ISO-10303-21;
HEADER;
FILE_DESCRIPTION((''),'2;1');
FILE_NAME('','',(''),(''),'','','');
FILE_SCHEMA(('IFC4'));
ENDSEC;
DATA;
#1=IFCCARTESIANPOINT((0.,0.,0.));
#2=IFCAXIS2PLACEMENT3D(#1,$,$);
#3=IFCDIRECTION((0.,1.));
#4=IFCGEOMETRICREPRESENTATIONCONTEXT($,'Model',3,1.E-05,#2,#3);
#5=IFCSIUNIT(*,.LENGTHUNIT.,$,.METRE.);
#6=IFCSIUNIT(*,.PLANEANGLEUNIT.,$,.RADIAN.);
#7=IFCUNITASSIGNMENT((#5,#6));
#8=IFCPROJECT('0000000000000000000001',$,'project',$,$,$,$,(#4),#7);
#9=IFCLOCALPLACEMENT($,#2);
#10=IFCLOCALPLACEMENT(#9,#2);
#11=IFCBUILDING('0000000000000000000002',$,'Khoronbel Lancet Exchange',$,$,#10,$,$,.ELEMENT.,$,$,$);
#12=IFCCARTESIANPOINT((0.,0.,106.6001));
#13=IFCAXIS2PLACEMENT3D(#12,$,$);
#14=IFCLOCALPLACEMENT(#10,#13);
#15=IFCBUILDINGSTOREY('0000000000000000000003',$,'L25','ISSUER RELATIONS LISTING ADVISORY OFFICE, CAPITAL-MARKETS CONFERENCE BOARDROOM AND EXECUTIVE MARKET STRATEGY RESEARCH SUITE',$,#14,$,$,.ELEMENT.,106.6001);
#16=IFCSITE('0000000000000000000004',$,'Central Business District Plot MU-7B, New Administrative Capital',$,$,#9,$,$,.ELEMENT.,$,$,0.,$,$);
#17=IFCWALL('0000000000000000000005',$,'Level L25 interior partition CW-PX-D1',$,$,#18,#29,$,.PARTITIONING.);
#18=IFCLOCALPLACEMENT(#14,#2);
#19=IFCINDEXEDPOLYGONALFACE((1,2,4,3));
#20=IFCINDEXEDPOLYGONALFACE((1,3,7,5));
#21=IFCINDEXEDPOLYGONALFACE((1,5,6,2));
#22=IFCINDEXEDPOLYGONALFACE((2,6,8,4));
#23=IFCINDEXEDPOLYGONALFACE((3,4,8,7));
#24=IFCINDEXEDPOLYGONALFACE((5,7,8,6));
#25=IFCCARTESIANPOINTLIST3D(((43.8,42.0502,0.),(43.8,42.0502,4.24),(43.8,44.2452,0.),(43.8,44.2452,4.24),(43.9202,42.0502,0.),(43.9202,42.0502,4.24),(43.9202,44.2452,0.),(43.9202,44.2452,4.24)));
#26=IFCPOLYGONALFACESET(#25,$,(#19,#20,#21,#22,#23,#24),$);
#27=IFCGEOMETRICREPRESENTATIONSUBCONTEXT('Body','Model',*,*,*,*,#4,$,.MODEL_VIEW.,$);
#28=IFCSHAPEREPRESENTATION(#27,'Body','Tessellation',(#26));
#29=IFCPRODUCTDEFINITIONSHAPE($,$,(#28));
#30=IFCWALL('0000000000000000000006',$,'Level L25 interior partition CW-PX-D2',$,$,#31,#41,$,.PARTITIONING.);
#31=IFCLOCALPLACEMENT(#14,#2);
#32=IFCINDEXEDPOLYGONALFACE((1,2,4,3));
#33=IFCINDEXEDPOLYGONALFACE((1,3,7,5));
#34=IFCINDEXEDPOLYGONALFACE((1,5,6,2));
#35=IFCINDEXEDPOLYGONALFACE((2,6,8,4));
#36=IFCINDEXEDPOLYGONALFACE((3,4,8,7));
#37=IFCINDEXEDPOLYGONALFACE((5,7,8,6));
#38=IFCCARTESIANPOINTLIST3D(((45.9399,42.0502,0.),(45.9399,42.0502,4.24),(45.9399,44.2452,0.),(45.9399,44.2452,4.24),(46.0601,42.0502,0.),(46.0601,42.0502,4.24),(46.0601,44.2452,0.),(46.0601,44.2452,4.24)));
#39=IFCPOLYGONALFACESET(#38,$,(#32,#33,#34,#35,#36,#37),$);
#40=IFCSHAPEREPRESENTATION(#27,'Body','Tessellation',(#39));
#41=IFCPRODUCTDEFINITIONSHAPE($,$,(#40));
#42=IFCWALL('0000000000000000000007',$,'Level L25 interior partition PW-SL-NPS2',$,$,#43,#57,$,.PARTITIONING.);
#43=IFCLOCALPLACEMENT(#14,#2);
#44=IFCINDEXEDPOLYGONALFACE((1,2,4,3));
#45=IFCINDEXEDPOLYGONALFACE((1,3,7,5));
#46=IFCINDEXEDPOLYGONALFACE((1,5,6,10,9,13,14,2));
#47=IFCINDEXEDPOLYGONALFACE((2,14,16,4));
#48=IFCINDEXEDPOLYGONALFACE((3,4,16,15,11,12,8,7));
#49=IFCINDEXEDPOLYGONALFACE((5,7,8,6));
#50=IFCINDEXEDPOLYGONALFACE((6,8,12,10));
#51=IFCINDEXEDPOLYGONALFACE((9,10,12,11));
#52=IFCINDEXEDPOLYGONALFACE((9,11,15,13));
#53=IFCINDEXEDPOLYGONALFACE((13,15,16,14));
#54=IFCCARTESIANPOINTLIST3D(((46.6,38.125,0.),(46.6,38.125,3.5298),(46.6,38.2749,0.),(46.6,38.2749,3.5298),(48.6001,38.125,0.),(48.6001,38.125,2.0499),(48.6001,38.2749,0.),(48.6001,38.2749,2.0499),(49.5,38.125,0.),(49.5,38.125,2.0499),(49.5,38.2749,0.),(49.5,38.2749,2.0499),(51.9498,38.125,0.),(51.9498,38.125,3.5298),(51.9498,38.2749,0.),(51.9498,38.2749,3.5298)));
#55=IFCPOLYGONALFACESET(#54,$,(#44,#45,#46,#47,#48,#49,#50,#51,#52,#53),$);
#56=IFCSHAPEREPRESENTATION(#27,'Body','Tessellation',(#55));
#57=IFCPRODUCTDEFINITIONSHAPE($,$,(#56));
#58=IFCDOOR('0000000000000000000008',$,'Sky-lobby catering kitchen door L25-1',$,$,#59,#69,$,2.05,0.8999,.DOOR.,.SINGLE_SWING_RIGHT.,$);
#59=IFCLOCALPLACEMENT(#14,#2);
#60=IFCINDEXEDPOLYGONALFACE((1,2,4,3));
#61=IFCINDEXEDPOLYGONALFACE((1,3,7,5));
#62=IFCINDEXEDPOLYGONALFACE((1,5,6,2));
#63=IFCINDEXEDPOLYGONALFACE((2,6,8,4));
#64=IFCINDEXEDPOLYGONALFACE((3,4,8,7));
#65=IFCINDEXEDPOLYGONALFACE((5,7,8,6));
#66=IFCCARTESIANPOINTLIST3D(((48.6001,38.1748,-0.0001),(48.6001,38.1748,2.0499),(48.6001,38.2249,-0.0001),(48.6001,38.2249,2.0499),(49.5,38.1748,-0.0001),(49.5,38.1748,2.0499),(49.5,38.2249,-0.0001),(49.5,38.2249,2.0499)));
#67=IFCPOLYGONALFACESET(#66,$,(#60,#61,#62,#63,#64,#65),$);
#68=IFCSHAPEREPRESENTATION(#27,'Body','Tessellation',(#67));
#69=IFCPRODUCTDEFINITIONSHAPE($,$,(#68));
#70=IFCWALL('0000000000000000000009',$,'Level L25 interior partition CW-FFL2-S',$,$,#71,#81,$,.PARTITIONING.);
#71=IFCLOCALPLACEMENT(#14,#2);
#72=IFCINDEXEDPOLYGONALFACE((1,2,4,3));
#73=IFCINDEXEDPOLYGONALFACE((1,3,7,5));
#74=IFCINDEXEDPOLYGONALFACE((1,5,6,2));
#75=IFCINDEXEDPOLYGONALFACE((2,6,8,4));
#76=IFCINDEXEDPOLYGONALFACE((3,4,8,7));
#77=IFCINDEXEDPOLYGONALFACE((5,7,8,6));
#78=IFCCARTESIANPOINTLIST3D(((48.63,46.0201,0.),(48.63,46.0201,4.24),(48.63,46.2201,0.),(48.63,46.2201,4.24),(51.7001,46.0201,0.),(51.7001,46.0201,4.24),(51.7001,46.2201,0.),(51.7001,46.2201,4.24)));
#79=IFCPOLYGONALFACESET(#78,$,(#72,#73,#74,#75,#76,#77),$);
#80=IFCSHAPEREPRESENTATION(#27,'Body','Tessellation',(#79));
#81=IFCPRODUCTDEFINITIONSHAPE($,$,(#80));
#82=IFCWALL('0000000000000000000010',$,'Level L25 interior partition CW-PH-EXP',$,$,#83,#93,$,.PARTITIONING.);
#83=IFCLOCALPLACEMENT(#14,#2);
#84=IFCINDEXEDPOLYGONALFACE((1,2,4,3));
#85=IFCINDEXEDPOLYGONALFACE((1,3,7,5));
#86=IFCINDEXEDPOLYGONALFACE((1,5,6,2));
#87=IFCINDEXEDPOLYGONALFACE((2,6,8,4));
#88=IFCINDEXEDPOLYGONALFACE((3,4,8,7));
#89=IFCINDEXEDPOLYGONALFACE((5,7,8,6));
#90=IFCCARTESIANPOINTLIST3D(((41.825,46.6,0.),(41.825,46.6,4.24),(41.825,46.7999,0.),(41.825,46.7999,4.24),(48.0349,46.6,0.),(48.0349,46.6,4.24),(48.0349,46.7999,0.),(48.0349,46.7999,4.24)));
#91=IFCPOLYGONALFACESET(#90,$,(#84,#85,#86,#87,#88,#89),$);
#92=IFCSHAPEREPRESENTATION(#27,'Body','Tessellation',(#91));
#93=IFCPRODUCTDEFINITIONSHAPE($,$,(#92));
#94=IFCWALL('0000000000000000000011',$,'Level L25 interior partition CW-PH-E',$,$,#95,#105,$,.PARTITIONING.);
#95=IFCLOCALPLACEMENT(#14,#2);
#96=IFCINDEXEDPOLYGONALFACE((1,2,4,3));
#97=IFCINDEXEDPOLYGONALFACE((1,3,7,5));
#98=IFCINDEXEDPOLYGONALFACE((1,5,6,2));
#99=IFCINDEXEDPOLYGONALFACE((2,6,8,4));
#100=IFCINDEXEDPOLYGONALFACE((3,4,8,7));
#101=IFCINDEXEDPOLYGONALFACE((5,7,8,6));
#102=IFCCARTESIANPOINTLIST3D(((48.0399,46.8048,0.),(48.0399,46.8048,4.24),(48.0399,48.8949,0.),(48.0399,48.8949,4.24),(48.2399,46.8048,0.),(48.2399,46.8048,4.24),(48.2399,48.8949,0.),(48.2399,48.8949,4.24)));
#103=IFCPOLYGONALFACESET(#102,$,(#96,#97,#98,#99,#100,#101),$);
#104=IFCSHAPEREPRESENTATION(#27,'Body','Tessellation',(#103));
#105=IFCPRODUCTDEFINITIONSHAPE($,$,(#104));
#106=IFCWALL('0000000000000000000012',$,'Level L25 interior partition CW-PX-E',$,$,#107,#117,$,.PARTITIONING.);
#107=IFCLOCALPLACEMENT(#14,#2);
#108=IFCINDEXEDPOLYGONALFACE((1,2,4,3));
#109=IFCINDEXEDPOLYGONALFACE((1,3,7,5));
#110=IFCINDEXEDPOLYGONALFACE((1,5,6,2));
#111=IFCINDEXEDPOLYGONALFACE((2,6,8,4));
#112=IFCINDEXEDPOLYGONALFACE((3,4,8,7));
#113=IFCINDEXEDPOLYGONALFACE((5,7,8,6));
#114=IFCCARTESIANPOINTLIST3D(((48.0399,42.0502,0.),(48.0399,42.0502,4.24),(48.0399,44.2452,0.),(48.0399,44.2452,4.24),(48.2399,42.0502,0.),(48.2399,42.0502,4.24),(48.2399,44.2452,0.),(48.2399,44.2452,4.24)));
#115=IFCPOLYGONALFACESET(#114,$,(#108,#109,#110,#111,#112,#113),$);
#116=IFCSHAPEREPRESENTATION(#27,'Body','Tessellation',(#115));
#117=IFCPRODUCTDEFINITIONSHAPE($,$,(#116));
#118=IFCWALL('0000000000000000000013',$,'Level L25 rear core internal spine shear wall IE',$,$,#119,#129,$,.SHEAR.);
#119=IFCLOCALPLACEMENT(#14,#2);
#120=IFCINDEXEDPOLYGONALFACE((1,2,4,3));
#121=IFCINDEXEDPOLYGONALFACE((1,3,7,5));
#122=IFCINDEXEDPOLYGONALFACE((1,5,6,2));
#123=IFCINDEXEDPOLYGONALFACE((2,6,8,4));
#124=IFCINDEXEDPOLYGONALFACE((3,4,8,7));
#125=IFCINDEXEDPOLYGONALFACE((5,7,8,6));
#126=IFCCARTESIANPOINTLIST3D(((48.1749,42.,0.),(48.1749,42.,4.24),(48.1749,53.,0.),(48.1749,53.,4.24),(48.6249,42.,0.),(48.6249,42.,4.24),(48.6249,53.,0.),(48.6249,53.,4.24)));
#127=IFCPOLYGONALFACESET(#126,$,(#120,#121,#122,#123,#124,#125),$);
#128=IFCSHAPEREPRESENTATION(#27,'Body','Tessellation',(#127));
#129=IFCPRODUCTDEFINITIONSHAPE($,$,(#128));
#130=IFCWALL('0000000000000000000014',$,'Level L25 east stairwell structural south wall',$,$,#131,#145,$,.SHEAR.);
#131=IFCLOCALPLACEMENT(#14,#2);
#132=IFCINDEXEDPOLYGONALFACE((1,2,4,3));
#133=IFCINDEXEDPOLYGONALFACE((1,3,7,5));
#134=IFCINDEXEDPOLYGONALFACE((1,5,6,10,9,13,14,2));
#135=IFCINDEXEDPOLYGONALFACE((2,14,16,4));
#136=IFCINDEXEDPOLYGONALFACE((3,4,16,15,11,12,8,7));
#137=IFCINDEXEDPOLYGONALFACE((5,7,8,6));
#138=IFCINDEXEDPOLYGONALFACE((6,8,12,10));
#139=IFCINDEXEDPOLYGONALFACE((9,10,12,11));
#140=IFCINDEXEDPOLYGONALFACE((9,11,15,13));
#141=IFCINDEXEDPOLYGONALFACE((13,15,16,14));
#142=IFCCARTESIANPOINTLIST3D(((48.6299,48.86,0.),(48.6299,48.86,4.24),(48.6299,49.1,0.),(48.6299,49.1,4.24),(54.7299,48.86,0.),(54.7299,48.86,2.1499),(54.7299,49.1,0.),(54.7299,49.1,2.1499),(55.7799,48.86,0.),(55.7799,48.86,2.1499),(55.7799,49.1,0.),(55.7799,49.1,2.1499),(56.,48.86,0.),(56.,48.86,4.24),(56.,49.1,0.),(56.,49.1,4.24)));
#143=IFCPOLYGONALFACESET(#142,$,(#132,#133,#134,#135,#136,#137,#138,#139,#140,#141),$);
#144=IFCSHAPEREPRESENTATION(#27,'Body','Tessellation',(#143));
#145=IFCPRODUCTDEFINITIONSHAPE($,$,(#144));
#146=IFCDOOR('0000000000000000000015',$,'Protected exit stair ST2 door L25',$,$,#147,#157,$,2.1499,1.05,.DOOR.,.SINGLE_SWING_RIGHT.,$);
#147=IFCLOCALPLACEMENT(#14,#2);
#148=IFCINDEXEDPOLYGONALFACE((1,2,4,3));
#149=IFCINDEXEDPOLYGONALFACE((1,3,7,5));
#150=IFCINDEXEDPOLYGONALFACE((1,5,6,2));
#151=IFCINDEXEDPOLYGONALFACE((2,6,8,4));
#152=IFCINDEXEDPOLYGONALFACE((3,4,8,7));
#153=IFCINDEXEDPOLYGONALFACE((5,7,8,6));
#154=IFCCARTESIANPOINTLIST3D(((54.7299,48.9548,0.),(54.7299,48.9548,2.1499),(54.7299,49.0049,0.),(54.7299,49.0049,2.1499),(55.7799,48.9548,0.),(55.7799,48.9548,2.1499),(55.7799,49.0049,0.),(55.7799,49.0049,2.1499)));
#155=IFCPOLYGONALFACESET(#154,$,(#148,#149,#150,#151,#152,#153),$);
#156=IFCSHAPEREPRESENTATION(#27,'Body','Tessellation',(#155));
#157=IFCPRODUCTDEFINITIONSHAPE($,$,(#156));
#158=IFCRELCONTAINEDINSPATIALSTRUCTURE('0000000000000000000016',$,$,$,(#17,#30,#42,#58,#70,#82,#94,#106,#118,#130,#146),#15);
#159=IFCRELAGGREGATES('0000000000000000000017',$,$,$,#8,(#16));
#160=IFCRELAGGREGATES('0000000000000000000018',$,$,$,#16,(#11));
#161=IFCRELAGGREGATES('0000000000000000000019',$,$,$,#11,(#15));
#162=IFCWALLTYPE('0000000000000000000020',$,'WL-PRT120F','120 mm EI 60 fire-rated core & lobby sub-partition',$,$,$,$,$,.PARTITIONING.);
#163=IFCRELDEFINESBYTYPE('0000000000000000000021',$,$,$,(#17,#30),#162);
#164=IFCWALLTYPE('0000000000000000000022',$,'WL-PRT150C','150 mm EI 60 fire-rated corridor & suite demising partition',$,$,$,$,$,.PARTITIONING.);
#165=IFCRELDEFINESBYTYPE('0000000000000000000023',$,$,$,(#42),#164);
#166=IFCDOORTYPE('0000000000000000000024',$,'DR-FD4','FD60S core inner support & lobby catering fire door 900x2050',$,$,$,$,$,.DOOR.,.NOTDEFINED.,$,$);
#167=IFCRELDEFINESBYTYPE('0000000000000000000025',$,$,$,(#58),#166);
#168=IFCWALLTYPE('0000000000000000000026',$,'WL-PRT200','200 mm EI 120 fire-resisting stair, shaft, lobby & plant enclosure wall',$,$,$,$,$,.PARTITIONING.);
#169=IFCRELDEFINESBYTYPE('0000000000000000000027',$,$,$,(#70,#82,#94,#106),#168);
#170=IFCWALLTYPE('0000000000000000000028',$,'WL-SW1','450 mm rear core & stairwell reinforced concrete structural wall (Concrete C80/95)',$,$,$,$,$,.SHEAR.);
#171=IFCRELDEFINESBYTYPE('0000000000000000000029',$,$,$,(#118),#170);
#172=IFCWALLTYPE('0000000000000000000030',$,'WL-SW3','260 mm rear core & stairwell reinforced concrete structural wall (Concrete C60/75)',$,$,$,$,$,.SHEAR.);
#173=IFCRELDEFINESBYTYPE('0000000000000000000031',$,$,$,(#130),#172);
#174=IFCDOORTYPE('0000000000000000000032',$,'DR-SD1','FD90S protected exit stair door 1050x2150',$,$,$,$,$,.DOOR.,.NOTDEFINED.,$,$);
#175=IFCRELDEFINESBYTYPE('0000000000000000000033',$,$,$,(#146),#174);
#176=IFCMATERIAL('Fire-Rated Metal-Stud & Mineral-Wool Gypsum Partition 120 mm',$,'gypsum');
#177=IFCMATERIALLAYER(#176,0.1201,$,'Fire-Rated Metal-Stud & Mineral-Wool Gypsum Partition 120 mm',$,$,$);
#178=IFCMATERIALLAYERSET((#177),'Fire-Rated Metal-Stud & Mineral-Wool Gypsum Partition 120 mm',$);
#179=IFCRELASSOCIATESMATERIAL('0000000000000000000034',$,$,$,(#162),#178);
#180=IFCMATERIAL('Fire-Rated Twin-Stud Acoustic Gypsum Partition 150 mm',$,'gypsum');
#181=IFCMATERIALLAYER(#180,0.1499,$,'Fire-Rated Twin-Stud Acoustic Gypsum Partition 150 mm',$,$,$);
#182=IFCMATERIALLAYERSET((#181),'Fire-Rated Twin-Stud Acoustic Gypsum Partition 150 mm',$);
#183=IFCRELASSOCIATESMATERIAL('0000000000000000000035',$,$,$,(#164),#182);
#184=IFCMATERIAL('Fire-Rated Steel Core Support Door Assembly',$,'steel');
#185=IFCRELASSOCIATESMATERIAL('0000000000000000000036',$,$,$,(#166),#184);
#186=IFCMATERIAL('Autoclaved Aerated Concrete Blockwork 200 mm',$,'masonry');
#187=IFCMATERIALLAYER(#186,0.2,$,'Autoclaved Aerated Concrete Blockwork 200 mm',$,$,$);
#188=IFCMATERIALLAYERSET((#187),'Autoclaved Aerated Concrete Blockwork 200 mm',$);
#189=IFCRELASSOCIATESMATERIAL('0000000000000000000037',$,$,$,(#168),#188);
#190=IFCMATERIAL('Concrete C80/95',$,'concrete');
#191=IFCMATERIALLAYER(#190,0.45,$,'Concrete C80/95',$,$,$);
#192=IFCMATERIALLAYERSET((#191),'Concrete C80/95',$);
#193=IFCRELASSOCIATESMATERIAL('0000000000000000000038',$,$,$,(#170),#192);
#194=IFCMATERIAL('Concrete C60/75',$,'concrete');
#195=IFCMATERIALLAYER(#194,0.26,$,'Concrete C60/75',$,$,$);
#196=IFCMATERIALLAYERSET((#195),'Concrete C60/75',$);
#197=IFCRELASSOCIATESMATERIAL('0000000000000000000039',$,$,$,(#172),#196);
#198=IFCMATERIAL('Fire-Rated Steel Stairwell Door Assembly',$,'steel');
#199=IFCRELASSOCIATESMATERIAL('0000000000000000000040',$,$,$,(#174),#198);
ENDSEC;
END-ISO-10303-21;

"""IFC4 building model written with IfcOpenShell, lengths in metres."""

from ifc_helpers import new_model, si_unit, direction, frame, frame_2d, origin, place, context, subcontext, project, spatial, rectangle, extrude, material, layer, layer_set, type_object, element, fill, save


model = new_model("IFC4")

# Units and contexts
model_context = context("Model", 3, precision=1e-05, world=origin(), true_north=direction((0.0, 1.0)))
body_context = subcontext(model_context, "Body", "Model", "MODEL_VIEW")
ifc_project = project(units=[si_unit("LENGTHUNIT", "METRE"), si_unit("PLANEANGLEUNIT", "RADIAN")], contexts=[model_context])

# Site, building, storey
site_placement = place(None, origin())
site = spatial("IfcSite", under=ifc_project, at=site_placement, Name="Central Business District Plot MU-7B, New Administrative Capital", CompositionType="ELEMENT", RefElevation=0.0)
building_placement = place(site_placement, origin())
building = spatial("IfcBuilding", under=site, at=building_placement, Name="Khoronbel Lancet Exchange", CompositionType="ELEMENT")
storey_placement = place(building_placement, frame((0.0, 0.0, 106.6001)))
storey = spatial("IfcBuildingStorey", under=building, at=storey_placement, Name="L25", Description="ISSUER RELATIONS LISTING ADVISORY OFFICE, CAPITAL-MARKETS CONFERENCE BOARDROOM AND EXECUTIVE MARKET STRATEGY RESEARCH SUITE", CompositionType="ELEMENT", Elevation=106.6001)

# Walls
ifc_material_1 = material(Name="Fire-Rated Metal-Stud & Mineral-Wool Gypsum Partition 120 mm", Category="gypsum")
ifc_layer_1 = layer(ifc_material_1, 0.1201, Name="Fire-Rated Metal-Stud & Mineral-Wool Gypsum Partition 120 mm")
ifc_layer_set_1 = layer_set([ifc_layer_1], Name="Fire-Rated Metal-Stud & Mineral-Wool Gypsum Partition 120 mm")
wall_type_1 = type_object("IfcWallType", Name="WL-PRT120F", Description="120 mm EI 60 fire-rated core & lobby sub-partition", PredefinedType="PARTITIONING", material=ifc_layer_set_1)
for number, where, z_axis, x_axis, name in (
    (1, (43.8601, 42.05, 0.0), (0.0, 0.0, 1.0), (0.0, 1.0, 0.0), "Level L25 interior partition CW-PX-D1"),
    (2, (46.0, 42.05, 0.0), (0.0, 0.0, 1.0), (0.0, 1.0, 0.0), "Level L25 interior partition CW-PX-D2"),
):
    element("IfcWall", number, at=place(storey_placement, frame(where, z_axis=z_axis, x_axis=x_axis)), inside=storey, type_object=wall_type_1, Name=name, PredefinedType="PARTITIONING", context=body_context, shape_type="SweptSolid", body=[
        extrude(rectangle(XDim=2.1951, YDim=0.1201, at=frame_2d((1.0977, 0.0))), origin(), (0.0, 0.0, 1.0), 4.24),
    ])

# Wall, opening, door
ifc_material_2 = material(Name="Fire-Rated Twin-Stud Acoustic Gypsum Partition 150 mm", Category="gypsum")
ifc_layer_2 = layer(ifc_material_2, 0.1499, Name="Fire-Rated Twin-Stud Acoustic Gypsum Partition 150 mm")
ifc_layer_set_2 = layer_set([ifc_layer_2], Name="Fire-Rated Twin-Stud Acoustic Gypsum Partition 150 mm")
wall_type_2 = type_object("IfcWallType", Name="WL-PRT150C", Description="150 mm EI 60 fire-rated corridor & suite demising partition", PredefinedType="PARTITIONING", material=ifc_layer_set_2)
wall_1_placement = place(storey_placement, frame((46.6001, 38.2, 0.0), z_axis=(0.0, 0.0, 1.0), x_axis=(1.0, 0.0, 0.0)))
wall_1 = element("IfcWall", 3, at=wall_1_placement, inside=storey, type_object=wall_type_2, Name="Level L25 interior partition PW-SL-NPS2", PredefinedType="PARTITIONING", context=body_context, shape_type="SweptSolid", body=[
    extrude(rectangle(XDim=5.3499, YDim=0.1499, at=frame_2d((2.6748, 0.0))), origin(), (0.0, 0.0, 1.0), 3.5298),
])
opening_1_placement = place(wall_1_placement, frame((2.0, 0.0, 0.0)))
opening_1 = element("IfcOpeningElement", 4, at=opening_1_placement, cuts=wall_1, PredefinedType="OPENING", context=body_context, shape_type="SweptSolid", body=[
    extrude(rectangle(XDim=0.8999, YDim=2.05, at=frame_2d((0.45, 1.0249))), frame((0.0, 0.085, 0.0), z_axis=(0.0, -1.0, 0.0), x_axis=(1.0, 0.0, 0.0)), (0.0, 0.0, 1.0), 0.1699),
])
ifc_material_3 = material(Name="Fire-Rated Steel Core Support Door Assembly", Category="steel")
door_type_1 = type_object("IfcDoorType", Name="DR-FD4", Description="FD60S core inner support & lobby catering fire door 900x2050", OperationType="NOTDEFINED", PredefinedType="DOOR", material=ifc_material_3)
door_1_placement = place(opening_1_placement, origin())
door_1 = element("IfcDoor", 5, at=door_1_placement, inside=storey, type_object=door_type_1, Name="Sky-lobby catering kitchen door L25-1", OperationType="SINGLE_SWING_RIGHT", OverallHeight=2.05, OverallWidth=0.8999, PredefinedType="DOOR", context=body_context, shape_type="SweptSolid", body=[
    extrude(rectangle(XDim=0.8999, YDim=2.05, at=frame_2d((0.45, 1.0249))), frame((0.0, 0.0249, 0.0), z_axis=(0.0, -1.0, 0.0), x_axis=(1.0, 0.0, 0.0)), (0.0, 0.0, 1.0), 0.05),
])
fill(opening_1, door_1)

# Walls
ifc_material_4 = material(Name="Autoclaved Aerated Concrete Blockwork 200 mm", Category="masonry")
ifc_layer_3 = layer(ifc_material_4, 0.2, Name="Autoclaved Aerated Concrete Blockwork 200 mm")
ifc_layer_set_3 = layer_set([ifc_layer_3], Name="Autoclaved Aerated Concrete Blockwork 200 mm")
wall_type_3 = type_object("IfcWallType", Name="WL-PRT200", Description="200 mm EI 120 fire-resisting stair, shaft, lobby & plant enclosure wall", PredefinedType="PARTITIONING", material=ifc_layer_set_3)
wall_2_placement = place(storey_placement, frame((48.6299, 46.1201, 0.0), z_axis=(0.0, 0.0, 1.0), x_axis=(1.0, 0.0, 0.0)))
element("IfcWall", 6, at=wall_2_placement, inside=storey, type_object=wall_type_3, Name="Level L25 interior partition CW-FFL2-S", PredefinedType="PARTITIONING", context=body_context, shape_type="SweptSolid", body=[
    extrude(rectangle(XDim=3.0701, YDim=0.2, at=frame_2d((1.5352, 0.0))), origin(), (0.0, 0.0, 1.0), 4.24),
])
wall_3_placement = place(storey_placement, frame((41.825, 46.7, 0.0), z_axis=(0.0, 0.0, 1.0), x_axis=(1.0, 0.0, 0.0)))
element("IfcWall", 7, at=wall_3_placement, inside=storey, type_object=wall_type_3, Name="Level L25 interior partition CW-PH-EXP", PredefinedType="PARTITIONING", context=body_context, shape_type="SweptSolid", body=[
    extrude(rectangle(XDim=6.21, YDim=0.2, at=frame_2d((3.105, 0.0))), origin(), (0.0, 0.0, 1.0), 4.24),
])
wall_4_placement = place(storey_placement, frame((48.1399, 46.8049, 0.0), z_axis=(0.0, 0.0, 1.0), x_axis=(0.0, 1.0, 0.0)))
element("IfcWall", 8, at=wall_4_placement, inside=storey, type_object=wall_type_3, Name="Level L25 interior partition CW-PH-E", PredefinedType="PARTITIONING", context=body_context, shape_type="SweptSolid", body=[
    extrude(rectangle(XDim=2.0901, YDim=0.2, at=frame_2d((1.0449, 0.0))), origin(), (0.0, 0.0, 1.0), 4.24),
])
wall_5_placement = place(storey_placement, frame((48.1399, 42.05, 0.0), z_axis=(0.0, 0.0, 1.0), x_axis=(0.0, 1.0, 0.0)))
element("IfcWall", 9, at=wall_5_placement, inside=storey, type_object=wall_type_3, Name="Level L25 interior partition CW-PX-E", PredefinedType="PARTITIONING", context=body_context, shape_type="SweptSolid", body=[
    extrude(rectangle(XDim=2.1951, YDim=0.2, at=frame_2d((1.0977, 0.0))), origin(), (0.0, 0.0, 1.0), 4.24),
])
ifc_material_5 = material(Name="Concrete C80/95", Category="concrete")
ifc_layer_4 = layer(ifc_material_5, 0.45, Name="Concrete C80/95")
ifc_layer_set_4 = layer_set([ifc_layer_4], Name="Concrete C80/95")
wall_type_4 = type_object("IfcWallType", Name="WL-SW1", Description="450 mm rear core & stairwell reinforced concrete structural wall (Concrete C80/95)", PredefinedType="SHEAR", material=ifc_layer_set_4)
wall_6_placement = place(storey_placement, frame((48.3999, 42.0, 0.0), z_axis=(0.0, 0.0, 1.0), x_axis=(0.0, 1.0, 0.0)))
element("IfcWall", 10, at=wall_6_placement, inside=storey, type_object=wall_type_4, Name="Level L25 rear core internal spine shear wall IE", PredefinedType="SHEAR", context=body_context, shape_type="SweptSolid", body=[
    extrude(rectangle(XDim=11.0, YDim=0.45, at=frame_2d((5.5, 0.0))), origin(), (0.0, 0.0, 1.0), 4.24),
])

# Wall, opening, door
ifc_material_6 = material(Name="Concrete C60/75", Category="concrete")
ifc_layer_5 = layer(ifc_material_6, 0.26, Name="Concrete C60/75")
ifc_layer_set_5 = layer_set([ifc_layer_5], Name="Concrete C60/75")
wall_type_5 = type_object("IfcWallType", Name="WL-SW3", Description="260 mm rear core & stairwell reinforced concrete structural wall (Concrete C60/75)", PredefinedType="SHEAR", material=ifc_layer_set_5)
wall_7_placement = place(storey_placement, frame((48.6299, 48.98, 0.0), z_axis=(0.0, 0.0, 1.0), x_axis=(1.0, 0.0, 0.0)))
wall_7 = element("IfcWall", 11, at=wall_7_placement, inside=storey, type_object=wall_type_5, Name="Level L25 east stairwell structural south wall", PredefinedType="SHEAR", context=body_context, shape_type="SweptSolid", body=[
    extrude(rectangle(XDim=7.3701, YDim=0.24, at=frame_2d((3.6851, 0.0))), origin(), (0.0, 0.0, 1.0), 4.24),
])
opening_2_placement = place(wall_7_placement, frame((6.1001, 0.0, 0.0)))
opening_2 = element("IfcOpeningElement", 12, at=opening_2_placement, cuts=wall_7, PredefinedType="OPENING", context=body_context, shape_type="SweptSolid", body=[
    extrude(rectangle(XDim=1.05, YDim=2.1499, at=frame_2d((0.5249, 1.075))), frame((0.0, 0.1299, 0.0), z_axis=(0.0, -1.0, 0.0), x_axis=(1.0, 0.0, 0.0)), (0.0, 0.0, 1.0), 0.26),
])
ifc_material_7 = material(Name="Fire-Rated Steel Stairwell Door Assembly", Category="steel")
door_type_2 = type_object("IfcDoorType", Name="DR-SD1", Description="FD90S protected exit stair door 1050x2150", OperationType="NOTDEFINED", PredefinedType="DOOR", material=ifc_material_7)
door_2_placement = place(opening_2_placement, origin())
door_2 = element("IfcDoor", 13, at=door_2_placement, inside=storey, type_object=door_type_2, Name="Protected exit stair ST2 door L25", OperationType="SINGLE_SWING_RIGHT", OverallHeight=2.1499, OverallWidth=1.05, PredefinedType="DOOR", context=body_context, shape_type="SweptSolid", body=[
    extrude(rectangle(XDim=1.05, YDim=2.1499, at=frame_2d((0.5249, 1.075))), frame((0.0, 0.0249, 0.0), z_axis=(0.0, -1.0, 0.0), x_axis=(1.0, 0.0, 0.0)), (0.0, 0.0, 1.0), 0.05),
])
fill(opening_2, door_2)

save(model, "model.ifc")
